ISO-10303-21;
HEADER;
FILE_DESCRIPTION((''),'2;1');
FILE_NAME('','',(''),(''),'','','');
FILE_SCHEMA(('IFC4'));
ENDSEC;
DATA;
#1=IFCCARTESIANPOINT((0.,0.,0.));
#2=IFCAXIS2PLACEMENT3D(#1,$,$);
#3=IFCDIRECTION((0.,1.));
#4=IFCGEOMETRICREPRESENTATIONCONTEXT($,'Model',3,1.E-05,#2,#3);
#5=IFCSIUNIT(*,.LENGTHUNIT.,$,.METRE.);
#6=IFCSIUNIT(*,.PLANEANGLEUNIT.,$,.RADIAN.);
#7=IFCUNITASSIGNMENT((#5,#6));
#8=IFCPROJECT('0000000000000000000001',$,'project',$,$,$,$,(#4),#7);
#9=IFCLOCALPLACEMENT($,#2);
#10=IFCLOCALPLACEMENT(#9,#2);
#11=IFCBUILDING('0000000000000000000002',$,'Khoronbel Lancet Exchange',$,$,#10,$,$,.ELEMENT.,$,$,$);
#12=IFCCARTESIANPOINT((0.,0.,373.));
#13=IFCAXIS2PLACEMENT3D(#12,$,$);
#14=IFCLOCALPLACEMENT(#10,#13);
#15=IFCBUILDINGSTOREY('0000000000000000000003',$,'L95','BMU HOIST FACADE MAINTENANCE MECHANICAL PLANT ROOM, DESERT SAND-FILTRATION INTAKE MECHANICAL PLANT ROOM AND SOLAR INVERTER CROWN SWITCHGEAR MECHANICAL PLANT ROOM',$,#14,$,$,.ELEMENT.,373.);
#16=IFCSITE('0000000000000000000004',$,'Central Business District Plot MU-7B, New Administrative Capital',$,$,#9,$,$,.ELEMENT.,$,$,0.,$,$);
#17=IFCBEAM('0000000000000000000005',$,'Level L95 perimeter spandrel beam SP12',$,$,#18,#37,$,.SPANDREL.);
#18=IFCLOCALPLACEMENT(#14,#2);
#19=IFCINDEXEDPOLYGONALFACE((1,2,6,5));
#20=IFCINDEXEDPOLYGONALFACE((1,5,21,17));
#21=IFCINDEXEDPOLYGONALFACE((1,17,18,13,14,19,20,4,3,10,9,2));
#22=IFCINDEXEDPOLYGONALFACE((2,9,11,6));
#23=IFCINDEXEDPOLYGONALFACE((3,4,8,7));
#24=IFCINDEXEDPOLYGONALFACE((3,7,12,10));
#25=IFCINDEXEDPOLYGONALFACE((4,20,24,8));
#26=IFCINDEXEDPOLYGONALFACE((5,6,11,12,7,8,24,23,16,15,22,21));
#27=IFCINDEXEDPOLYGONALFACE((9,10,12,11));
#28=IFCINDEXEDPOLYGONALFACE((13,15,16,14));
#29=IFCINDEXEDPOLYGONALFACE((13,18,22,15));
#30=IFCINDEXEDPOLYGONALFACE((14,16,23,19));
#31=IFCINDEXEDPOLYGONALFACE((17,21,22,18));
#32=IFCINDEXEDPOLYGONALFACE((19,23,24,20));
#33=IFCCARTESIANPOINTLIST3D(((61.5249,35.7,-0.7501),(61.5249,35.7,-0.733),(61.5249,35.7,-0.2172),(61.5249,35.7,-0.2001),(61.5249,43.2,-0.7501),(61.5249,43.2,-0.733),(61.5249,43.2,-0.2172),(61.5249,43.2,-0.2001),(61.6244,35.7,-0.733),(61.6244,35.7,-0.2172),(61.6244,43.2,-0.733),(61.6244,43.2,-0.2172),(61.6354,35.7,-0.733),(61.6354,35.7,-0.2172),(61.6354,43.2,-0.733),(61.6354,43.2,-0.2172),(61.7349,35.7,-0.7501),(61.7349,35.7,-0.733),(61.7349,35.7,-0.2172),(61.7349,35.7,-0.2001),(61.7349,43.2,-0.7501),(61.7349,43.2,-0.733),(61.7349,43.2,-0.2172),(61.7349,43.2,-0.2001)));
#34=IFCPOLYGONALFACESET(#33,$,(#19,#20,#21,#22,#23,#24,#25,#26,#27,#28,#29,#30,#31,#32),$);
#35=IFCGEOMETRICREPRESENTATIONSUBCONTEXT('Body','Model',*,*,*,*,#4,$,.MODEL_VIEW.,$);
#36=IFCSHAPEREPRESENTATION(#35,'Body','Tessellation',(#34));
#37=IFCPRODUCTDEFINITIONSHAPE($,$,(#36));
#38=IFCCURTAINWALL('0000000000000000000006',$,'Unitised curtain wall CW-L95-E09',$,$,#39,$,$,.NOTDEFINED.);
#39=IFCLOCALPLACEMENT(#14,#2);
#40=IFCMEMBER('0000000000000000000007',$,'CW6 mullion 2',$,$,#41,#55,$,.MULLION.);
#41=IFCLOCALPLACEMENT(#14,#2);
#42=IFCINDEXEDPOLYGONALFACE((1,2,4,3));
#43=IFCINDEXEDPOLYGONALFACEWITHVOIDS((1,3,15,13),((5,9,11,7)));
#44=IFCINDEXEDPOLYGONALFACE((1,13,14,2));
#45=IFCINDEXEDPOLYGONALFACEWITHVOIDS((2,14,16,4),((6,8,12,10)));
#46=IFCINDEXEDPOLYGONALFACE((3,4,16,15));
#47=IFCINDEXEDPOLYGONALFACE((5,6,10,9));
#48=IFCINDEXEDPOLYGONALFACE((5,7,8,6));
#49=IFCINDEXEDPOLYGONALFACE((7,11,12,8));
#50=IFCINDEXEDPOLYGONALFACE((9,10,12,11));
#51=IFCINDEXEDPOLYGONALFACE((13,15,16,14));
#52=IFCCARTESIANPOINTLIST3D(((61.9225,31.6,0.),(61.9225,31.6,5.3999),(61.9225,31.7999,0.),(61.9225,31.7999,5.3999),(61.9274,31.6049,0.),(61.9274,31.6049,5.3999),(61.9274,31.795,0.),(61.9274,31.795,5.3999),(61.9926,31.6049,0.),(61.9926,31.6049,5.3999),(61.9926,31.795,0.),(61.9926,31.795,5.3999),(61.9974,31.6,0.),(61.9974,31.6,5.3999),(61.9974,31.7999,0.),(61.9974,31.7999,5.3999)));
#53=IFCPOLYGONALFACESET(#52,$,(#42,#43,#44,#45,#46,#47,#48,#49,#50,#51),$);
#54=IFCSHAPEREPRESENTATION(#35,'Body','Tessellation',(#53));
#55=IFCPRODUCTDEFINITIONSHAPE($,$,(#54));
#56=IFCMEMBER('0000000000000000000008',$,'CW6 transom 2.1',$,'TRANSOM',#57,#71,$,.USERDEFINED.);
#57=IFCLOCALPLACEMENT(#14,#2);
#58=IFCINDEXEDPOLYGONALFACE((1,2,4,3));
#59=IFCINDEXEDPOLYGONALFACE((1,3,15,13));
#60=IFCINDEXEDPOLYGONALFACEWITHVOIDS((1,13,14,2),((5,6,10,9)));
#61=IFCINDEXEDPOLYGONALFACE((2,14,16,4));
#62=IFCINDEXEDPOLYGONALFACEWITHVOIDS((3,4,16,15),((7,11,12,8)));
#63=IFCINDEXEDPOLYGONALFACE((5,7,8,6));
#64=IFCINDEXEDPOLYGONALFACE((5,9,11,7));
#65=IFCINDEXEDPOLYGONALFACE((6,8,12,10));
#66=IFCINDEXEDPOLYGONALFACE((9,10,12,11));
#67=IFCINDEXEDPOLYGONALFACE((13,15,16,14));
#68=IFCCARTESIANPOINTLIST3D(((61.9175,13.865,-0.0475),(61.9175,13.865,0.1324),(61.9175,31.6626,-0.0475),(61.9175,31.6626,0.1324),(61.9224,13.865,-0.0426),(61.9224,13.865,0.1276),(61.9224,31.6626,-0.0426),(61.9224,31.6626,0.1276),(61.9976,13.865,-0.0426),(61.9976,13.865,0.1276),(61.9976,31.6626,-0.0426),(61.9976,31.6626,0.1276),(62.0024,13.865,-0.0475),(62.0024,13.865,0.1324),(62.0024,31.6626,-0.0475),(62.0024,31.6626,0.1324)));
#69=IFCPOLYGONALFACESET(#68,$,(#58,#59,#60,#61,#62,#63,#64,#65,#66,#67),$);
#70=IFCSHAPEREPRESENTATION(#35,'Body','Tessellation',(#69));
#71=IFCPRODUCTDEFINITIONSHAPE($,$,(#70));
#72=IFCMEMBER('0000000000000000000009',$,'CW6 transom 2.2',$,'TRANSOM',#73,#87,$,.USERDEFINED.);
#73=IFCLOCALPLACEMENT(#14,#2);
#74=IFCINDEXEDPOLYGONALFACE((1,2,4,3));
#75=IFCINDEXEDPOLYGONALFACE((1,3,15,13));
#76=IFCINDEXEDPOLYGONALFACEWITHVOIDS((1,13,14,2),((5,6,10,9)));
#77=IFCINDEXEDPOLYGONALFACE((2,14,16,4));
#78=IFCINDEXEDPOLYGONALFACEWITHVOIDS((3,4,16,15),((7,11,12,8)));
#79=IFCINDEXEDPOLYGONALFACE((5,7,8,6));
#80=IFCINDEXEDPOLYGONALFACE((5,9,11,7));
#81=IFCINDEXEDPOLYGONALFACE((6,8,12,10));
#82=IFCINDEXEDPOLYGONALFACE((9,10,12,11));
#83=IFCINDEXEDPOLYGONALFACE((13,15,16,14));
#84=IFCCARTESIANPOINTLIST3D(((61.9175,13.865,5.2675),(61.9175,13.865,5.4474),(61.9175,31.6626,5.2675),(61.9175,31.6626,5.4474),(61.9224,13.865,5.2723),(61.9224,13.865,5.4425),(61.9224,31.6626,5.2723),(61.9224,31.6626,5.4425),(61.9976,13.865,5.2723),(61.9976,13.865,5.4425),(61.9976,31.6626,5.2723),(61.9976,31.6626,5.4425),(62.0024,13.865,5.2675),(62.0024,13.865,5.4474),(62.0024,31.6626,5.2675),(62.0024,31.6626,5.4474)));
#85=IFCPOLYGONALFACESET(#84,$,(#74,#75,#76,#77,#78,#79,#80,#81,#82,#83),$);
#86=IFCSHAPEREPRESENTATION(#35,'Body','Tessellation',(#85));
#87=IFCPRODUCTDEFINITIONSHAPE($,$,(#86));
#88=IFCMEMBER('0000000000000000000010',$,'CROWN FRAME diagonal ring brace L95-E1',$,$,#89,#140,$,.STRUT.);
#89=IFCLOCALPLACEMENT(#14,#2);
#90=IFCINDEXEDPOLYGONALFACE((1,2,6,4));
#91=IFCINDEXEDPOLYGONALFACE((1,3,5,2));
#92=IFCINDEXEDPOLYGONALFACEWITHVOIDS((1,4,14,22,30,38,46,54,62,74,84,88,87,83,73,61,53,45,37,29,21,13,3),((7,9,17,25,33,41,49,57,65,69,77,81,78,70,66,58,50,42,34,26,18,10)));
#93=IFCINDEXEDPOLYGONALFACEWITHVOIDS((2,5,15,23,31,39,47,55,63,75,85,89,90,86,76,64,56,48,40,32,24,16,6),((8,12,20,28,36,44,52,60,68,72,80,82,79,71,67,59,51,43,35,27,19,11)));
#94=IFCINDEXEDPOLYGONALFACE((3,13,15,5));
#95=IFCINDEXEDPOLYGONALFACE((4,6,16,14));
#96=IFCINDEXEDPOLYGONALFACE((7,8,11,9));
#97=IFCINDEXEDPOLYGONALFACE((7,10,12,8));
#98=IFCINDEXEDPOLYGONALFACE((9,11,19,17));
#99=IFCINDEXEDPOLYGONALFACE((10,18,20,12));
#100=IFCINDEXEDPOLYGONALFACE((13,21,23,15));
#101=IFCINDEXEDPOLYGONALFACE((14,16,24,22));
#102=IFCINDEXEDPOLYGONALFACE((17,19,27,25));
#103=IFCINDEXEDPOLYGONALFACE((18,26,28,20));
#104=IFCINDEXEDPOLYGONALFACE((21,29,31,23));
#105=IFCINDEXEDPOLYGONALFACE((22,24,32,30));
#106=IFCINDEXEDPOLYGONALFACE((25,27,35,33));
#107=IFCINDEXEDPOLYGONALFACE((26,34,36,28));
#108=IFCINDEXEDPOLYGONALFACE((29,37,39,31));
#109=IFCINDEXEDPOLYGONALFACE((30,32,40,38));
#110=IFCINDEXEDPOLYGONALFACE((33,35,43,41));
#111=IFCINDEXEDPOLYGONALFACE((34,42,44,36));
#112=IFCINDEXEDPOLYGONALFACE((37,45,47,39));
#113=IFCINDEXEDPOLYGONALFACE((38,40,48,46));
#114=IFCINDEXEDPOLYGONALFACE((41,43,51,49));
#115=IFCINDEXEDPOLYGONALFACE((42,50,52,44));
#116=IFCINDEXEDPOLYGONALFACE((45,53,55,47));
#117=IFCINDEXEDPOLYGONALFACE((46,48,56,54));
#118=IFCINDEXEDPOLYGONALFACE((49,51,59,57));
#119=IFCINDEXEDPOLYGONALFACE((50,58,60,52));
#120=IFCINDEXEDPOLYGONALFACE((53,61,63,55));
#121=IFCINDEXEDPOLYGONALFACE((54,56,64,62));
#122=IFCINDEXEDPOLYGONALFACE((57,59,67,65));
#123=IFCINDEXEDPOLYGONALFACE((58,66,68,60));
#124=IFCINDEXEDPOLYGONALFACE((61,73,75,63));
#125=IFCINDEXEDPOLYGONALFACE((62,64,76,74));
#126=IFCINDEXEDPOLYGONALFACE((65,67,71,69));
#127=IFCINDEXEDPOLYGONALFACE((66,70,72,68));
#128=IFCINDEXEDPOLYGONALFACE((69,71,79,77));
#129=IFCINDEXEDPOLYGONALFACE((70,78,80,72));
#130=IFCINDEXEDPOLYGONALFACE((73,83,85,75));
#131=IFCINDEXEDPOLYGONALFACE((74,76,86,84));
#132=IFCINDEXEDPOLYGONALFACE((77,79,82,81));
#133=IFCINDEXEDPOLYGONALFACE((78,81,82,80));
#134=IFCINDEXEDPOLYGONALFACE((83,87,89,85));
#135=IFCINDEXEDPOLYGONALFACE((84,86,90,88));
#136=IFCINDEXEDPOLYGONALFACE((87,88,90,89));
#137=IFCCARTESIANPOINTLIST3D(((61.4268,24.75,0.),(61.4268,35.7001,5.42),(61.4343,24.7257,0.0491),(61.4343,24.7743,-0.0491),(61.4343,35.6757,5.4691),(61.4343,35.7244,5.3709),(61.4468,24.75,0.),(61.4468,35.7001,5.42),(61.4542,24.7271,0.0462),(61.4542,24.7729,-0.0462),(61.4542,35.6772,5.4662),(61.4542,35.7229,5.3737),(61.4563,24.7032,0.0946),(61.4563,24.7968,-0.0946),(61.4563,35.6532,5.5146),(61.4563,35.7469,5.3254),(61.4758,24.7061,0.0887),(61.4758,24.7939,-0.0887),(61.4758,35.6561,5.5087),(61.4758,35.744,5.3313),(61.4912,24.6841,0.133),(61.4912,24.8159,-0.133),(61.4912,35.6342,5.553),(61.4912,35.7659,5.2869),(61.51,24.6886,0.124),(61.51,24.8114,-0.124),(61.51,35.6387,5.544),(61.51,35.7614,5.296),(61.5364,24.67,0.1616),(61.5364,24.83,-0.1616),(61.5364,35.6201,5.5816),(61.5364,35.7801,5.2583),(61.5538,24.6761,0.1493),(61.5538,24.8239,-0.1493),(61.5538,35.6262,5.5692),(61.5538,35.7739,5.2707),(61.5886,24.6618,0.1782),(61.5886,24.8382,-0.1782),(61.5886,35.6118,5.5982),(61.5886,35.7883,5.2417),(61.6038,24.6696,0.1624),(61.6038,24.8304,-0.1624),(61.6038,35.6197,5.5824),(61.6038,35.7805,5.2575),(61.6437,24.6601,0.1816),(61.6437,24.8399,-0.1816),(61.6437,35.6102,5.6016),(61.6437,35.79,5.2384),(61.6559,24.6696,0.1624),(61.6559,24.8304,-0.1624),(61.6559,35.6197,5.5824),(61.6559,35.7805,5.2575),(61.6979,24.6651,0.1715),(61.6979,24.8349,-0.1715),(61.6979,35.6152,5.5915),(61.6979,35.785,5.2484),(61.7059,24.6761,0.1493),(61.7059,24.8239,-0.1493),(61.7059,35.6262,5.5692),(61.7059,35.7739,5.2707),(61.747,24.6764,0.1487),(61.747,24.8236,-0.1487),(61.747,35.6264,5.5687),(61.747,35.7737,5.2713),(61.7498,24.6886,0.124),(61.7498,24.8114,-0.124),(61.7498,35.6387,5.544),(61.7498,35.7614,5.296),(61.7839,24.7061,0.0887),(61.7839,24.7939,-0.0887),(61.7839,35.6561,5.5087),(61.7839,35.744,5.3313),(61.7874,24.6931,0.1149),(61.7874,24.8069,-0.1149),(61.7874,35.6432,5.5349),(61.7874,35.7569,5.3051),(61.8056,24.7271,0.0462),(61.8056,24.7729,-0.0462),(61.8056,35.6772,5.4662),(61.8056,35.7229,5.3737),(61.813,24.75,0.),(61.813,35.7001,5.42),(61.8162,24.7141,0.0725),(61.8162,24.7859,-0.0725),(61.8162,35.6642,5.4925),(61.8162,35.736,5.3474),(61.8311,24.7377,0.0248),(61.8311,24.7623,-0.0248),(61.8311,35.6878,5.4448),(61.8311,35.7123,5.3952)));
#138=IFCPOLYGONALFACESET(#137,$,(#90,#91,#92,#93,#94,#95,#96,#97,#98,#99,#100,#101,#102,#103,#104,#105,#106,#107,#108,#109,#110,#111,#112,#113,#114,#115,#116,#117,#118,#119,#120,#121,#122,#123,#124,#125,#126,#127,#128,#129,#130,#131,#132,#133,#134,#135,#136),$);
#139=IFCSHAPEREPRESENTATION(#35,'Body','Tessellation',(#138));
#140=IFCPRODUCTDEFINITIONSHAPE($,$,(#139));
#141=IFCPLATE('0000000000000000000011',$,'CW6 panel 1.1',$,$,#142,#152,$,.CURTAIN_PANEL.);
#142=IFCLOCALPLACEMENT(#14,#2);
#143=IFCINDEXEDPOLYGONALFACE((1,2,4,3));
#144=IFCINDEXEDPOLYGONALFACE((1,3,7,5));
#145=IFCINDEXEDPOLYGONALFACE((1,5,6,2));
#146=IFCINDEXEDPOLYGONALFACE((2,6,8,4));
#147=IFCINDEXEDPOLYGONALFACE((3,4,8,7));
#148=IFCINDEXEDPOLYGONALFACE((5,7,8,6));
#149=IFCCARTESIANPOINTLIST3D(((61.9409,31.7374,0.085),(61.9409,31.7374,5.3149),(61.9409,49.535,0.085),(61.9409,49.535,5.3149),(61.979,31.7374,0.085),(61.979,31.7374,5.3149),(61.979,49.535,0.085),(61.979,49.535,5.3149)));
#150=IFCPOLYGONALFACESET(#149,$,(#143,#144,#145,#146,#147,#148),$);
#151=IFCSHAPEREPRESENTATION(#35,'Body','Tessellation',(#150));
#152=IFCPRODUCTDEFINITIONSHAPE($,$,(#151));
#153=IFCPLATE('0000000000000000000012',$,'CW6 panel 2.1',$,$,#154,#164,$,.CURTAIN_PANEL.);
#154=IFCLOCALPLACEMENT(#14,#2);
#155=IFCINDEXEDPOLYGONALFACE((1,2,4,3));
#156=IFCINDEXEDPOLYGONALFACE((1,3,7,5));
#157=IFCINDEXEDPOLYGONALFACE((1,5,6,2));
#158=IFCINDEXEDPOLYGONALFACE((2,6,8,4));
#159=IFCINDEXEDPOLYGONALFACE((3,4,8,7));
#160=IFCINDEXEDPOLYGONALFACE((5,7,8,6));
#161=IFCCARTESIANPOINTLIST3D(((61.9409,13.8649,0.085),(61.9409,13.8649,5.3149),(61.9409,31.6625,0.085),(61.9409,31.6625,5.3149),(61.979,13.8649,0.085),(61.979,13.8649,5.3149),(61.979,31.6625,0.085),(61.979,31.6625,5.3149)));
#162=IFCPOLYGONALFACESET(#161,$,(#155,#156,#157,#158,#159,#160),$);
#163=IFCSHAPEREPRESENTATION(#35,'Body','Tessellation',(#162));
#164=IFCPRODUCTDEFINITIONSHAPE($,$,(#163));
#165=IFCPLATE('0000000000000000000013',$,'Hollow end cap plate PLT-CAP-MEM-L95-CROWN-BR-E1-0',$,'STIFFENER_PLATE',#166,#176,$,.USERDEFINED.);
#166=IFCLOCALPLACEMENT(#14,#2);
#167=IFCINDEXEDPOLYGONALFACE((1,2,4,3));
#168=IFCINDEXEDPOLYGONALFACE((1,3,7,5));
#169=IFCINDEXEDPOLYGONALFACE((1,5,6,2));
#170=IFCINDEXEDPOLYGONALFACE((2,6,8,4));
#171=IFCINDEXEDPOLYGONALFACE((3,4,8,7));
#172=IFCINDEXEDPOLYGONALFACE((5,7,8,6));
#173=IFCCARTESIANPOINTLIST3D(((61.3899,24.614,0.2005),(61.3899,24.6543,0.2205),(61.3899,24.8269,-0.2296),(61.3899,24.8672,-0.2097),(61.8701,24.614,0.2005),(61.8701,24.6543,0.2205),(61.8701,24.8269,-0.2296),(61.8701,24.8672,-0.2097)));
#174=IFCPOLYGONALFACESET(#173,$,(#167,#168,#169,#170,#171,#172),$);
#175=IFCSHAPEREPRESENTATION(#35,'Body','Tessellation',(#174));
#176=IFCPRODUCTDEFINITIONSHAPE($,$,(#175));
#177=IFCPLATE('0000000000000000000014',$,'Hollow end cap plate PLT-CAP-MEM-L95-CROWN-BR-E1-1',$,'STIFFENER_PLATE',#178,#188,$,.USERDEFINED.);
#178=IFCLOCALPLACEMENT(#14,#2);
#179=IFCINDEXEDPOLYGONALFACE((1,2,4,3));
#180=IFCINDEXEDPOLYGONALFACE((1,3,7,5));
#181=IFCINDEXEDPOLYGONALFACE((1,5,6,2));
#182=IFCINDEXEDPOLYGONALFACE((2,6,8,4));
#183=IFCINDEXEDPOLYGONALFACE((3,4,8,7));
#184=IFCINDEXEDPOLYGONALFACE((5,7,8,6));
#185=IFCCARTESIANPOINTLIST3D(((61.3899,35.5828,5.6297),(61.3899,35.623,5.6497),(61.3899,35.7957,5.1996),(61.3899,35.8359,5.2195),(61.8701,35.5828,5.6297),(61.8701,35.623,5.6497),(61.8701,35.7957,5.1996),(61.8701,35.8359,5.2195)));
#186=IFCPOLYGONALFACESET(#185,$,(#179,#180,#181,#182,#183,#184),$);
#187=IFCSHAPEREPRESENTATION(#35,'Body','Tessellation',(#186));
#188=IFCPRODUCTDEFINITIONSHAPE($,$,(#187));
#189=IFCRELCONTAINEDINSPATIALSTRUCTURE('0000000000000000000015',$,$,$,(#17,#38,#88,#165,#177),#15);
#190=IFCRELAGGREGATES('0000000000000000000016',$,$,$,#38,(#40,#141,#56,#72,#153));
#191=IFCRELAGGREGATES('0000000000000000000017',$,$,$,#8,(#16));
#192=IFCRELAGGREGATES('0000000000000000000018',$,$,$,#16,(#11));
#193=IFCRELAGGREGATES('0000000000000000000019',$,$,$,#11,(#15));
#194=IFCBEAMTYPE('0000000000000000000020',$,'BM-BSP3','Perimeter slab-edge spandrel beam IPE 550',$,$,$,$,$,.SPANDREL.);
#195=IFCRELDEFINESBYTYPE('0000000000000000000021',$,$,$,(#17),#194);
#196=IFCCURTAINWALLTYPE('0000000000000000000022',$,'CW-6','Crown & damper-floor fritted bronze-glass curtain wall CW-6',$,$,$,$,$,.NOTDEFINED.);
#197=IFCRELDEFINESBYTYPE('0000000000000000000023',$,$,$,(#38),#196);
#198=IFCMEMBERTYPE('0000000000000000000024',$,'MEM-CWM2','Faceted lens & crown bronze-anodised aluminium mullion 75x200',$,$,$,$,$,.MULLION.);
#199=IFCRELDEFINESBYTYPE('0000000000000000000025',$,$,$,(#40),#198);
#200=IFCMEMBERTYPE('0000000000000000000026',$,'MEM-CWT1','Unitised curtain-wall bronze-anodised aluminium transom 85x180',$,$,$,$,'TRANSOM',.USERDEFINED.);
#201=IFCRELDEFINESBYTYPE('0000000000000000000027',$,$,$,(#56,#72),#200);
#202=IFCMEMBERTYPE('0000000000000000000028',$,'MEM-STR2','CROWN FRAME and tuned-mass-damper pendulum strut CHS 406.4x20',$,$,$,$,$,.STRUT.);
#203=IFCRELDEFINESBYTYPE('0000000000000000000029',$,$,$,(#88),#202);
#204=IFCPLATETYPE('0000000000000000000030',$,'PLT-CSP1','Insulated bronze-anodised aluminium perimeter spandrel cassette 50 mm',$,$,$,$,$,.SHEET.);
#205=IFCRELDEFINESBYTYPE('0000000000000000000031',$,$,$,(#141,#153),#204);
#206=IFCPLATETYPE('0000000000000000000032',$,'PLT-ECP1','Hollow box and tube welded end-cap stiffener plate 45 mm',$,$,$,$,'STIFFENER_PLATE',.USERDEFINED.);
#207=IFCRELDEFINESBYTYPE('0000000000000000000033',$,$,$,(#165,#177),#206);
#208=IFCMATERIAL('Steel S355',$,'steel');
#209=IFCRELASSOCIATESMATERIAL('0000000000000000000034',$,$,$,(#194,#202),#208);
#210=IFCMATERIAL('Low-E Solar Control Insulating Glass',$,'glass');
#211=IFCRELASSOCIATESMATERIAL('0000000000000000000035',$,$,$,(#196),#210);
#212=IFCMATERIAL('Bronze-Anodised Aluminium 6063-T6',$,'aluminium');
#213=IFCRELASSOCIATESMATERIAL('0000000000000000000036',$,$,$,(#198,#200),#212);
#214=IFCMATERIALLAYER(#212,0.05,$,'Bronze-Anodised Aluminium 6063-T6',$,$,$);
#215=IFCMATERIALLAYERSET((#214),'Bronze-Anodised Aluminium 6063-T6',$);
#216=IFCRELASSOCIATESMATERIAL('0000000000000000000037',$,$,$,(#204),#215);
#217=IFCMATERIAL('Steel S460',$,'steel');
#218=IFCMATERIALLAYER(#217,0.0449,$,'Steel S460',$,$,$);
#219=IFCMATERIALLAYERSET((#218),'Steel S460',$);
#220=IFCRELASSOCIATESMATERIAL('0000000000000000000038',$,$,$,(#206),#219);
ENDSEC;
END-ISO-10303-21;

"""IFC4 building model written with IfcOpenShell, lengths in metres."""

from ifc_helpers import new_model, si_unit, direction, frame, origin, origin_2d, place, context, subcontext, project, spatial, polyline, rectangle, hollow_rectangle, hollow_circle, i_section, outline, extrude, material, layer, layer_set, material_profile, profile_set, type_object, element, aggregate, save


model = new_model("IFC4")

# Units and contexts
model_context = context("Model", 3, precision=1e-05, world=origin(), true_north=direction((0.0, 1.0)))
body_context = subcontext(model_context, "Body", "Model", "MODEL_VIEW")
ifc_project = project(units=[si_unit("LENGTHUNIT", "METRE"), si_unit("PLANEANGLEUNIT", "RADIAN")], contexts=[model_context])

# Site, building, storey
site_placement = place(None, origin())
site = spatial("IfcSite", under=ifc_project, at=site_placement, Name="Central Business District Plot MU-7B, New Administrative Capital", CompositionType="ELEMENT", RefElevation=0.0)
building_placement = place(site_placement, origin())
building = spatial("IfcBuilding", under=site, at=building_placement, Name="Khoronbel Lancet Exchange", CompositionType="ELEMENT")
storey_placement = place(building_placement, frame((0.0, 0.0, 373.0)))
storey = spatial("IfcBuildingStorey", under=building, at=storey_placement, Name="L95", Description="BMU HOIST FACADE MAINTENANCE MECHANICAL PLANT ROOM, DESERT SAND-FILTRATION INTAKE MECHANICAL PLANT ROOM AND SOLAR INVERTER CROWN SWITCHGEAR MECHANICAL PLANT ROOM", CompositionType="ELEMENT", Elevation=373.0)

# Shared definitions
ifc_material_1 = material(Name="Steel S355", Category="steel")

# Beam
ifc_material_profile_1 = material_profile(ifc_material_1, i_section(OverallWidth=0.21, OverallDepth=0.55, WebThickness=0.011, FlangeThickness=0.0171, at=origin_2d()), Name="IPE 550")
ifc_profile_set_1 = profile_set([ifc_material_profile_1], Name="Steel S355")
beam_type_1 = type_object("IfcBeamType", Name="BM-BSP3", Description="Perimeter slab-edge spandrel beam IPE 550", PredefinedType="SPANDREL", material=ifc_profile_set_1)
beam_1_placement = place(storey_placement, frame((61.6299, 35.7, -0.4751), z_axis=(0.0, 1.0, 0.0), x_axis=(-1.0, 0.0, 0.0)))
element("IfcBeam", 1, at=beam_1_placement, inside=storey, type_object=beam_type_1, Name="Level L95 perimeter spandrel beam SP12", PredefinedType="SPANDREL", context=body_context, shape_type="SweptSolid", body=[
    extrude(i_section(OverallWidth=0.21, OverallDepth=0.55, WebThickness=0.011, FlangeThickness=0.0171, at=origin_2d()), origin(), (0.0, 0.0, 1.0), 7.5),
])

# Curtain wall, members
ifc_material_2 = material(Name="Low-E Solar Control Insulating Glass", Category="glass")
curtain_wall_type = type_object("IfcCurtainWallType", Name="CW-6", Description="Crown & damper-floor fritted bronze-glass curtain wall CW-6", PredefinedType="NOTDEFINED", material=ifc_material_2)
curtain_wall_placement = place(storey_placement, origin())
curtain_wall = element("IfcCurtainWall", 2, at=curtain_wall_placement, inside=storey, type_object=curtain_wall_type, Name="Unitised curtain wall CW-L95-E09", PredefinedType="NOTDEFINED")
ifc_material_3 = material(Name="Bronze-Anodised Aluminium 6063-T6", Category="aluminium")
ifc_material_profile_2 = material_profile(ifc_material_3, hollow_rectangle(XDim=0.075, YDim=0.2, WallThickness=0.0049, at=origin_2d()), Name="ALU MULLION 75x200")
ifc_profile_set_2 = profile_set([ifc_material_profile_2], Name="Bronze-Anodised Aluminium 6063-T6")
member_type_1 = type_object("IfcMemberType", Name="MEM-CWM2", Description="Faceted lens & crown bronze-anodised aluminium mullion 75x200", PredefinedType="MULLION", material=ifc_profile_set_2)
member_1_placement = place(storey_placement, frame((61.96, 31.7, 0.0), z_axis=(0.0, 0.0, 1.0), x_axis=(1.0, 0.0, 0.0)))
member_1 = element("IfcMember", 3, at=member_1_placement, type_object=member_type_1, Name="CW6 mullion 2", PredefinedType="MULLION", context=body_context, shape_type="SweptSolid", body=[
    extrude(hollow_rectangle(XDim=0.075, YDim=0.2, WallThickness=0.0049, at=origin_2d()), origin(), (0.0, 0.0, 1.0), 5.3999),
])
ifc_material_profile_3 = material_profile(ifc_material_3, hollow_rectangle(XDim=0.085, YDim=0.1799, WallThickness=0.0049, at=origin_2d()), Name="ALU TRANSOM 85x180")
ifc_profile_set_3 = profile_set([ifc_material_profile_3], Name="Bronze-Anodised Aluminium 6063-T6")
member_type_2 = type_object("IfcMemberType", Name="MEM-CWT1", Description="Unitised curtain-wall bronze-anodised aluminium transom 85x180", ElementType="TRANSOM", PredefinedType="USERDEFINED", material=ifc_profile_set_3)
member_2_placement = place(storey_placement, frame((61.96, 31.6626, 0.0425), z_axis=(0.0, -1.0, 0.0), x_axis=(1.0, 0.0, 0.0)))
member_2 = element("IfcMember", 4, at=member_2_placement, type_object=member_type_2, Name="CW6 transom 2.1", ObjectType="TRANSOM", PredefinedType="USERDEFINED", context=body_context, shape_type="SweptSolid", body=[
    extrude(hollow_rectangle(XDim=0.085, YDim=0.1799, WallThickness=0.0049, at=origin_2d()), origin(), (0.0, 0.0, 1.0), 17.7976),
])
member_3_placement = place(storey_placement, frame((61.96, 31.6626, 5.3574), z_axis=(0.0, -1.0, 0.0), x_axis=(1.0, 0.0, 0.0)))
member_3 = element("IfcMember", 5, at=member_3_placement, type_object=member_type_2, Name="CW6 transom 2.2", ObjectType="TRANSOM", PredefinedType="USERDEFINED", context=body_context, shape_type="SweptSolid", body=[
    extrude(hollow_rectangle(XDim=0.085, YDim=0.1799, WallThickness=0.0049, at=origin_2d()), origin(), (0.0, 0.0, 1.0), 17.7976),
])

# Member
ifc_material_profile_4 = material_profile(ifc_material_1, hollow_circle(Radius=0.2031, WallThickness=0.02, at=origin_2d()), Name="CHS 406.4x20")
ifc_profile_set_4 = profile_set([ifc_material_profile_4], Name="Steel S355")
member_type_3 = type_object("IfcMemberType", Name="MEM-STR2", Description="CROWN FRAME and tuned-mass-damper pendulum strut CHS 406.4x20", PredefinedType="STRUT", material=ifc_profile_set_4)
member_4_placement = place(storey_placement, frame((61.6299, 24.75, 0.0), z_axis=(0.0, 0.896222, 0.443605), x_axis=(-1.0, 0.0, 0.0)))
element("IfcMember", 6, at=member_4_placement, inside=storey, type_object=member_type_3, Name="CROWN FRAME diagonal ring brace L95-E1", PredefinedType="STRUT", context=body_context, shape_type="SweptSolid", body=[
    extrude(hollow_circle(Radius=0.2031, WallThickness=0.02, at=origin_2d()), origin(), (0.0, 0.0, 1.0), 12.218),
])

# Plates
ifc_layer_1 = layer(ifc_material_3, 0.05, Name="Bronze-Anodised Aluminium 6063-T6")
ifc_layer_set_1 = layer_set([ifc_layer_1], Name="Bronze-Anodised Aluminium 6063-T6")
plate_type_1 = type_object("IfcPlateType", Name="PLT-CSP1", Description="Insulated bronze-anodised aluminium perimeter spandrel cassette 50 mm", PredefinedType="SHEET", material=ifc_layer_set_1)
plate_1_placement = place(storey_placement, frame((61.96, 40.6362, 0.085), z_axis=(0.0, 0.0, 1.0), x_axis=(0.0, -1.0, 0.0)))
plate_1 = element("IfcPlate", 7, at=plate_1_placement, type_object=plate_type_1, Name="CW6 panel 1.1", PredefinedType="CURTAIN_PANEL", context=body_context, shape_type="SweptSolid", body=[
    extrude(rectangle(XDim=17.7976, YDim=0.0381, at=origin_2d()), origin(), (0.0, 0.0, 1.0), 5.23),
])
plate_2_placement = place(storey_placement, frame((61.96, 22.7637, 0.085), z_axis=(0.0, 0.0, 1.0), x_axis=(0.0, -1.0, 0.0)))
plate_2 = element("IfcPlate", 8, at=plate_2_placement, type_object=plate_type_1, Name="CW6 panel 2.1", PredefinedType="CURTAIN_PANEL", context=body_context, shape_type="SweptSolid", body=[
    extrude(rectangle(XDim=17.7976, YDim=0.0381, at=origin_2d()), origin(), (0.0, 0.0, 1.0), 5.23),
])
aggregate(curtain_wall, [member_1, plate_1, member_2, member_3, plate_2])

# Plates
ifc_material_4 = material(Name="Steel S460", Category="steel")
ifc_layer_2 = layer(ifc_material_4, 0.0449, Name="Steel S460")
ifc_layer_set_2 = layer_set([ifc_layer_2], Name="Steel S460")
plate_type_2 = type_object("IfcPlateType", Name="PLT-ECP1", Description="Hollow box and tube welded end-cap stiffener plate 45 mm", ElementType="STIFFENER_PLATE", PredefinedType="USERDEFINED", material=ifc_layer_set_2)
for number, where, z_axis, x_axis, name in (
    (9, (61.8701, 24.8672, -0.2097), (0.0, 0.896251, 0.443548), (-1.0, 0.0, 0.0), "Hollow end cap plate PLT-CAP-MEM-L95-CROWN-BR-E1-0"),
    (10, (61.8701, 35.8359, 5.2195), (0.0, 0.896251, 0.443548), (-1.0, 0.0, 0.0), "Hollow end cap plate PLT-CAP-MEM-L95-CROWN-BR-E1-1"),
):
    element("IfcPlate", number, at=place(storey_placement, frame(where, z_axis=z_axis, x_axis=x_axis)), inside=storey, type_object=plate_type_2, Name=name, ObjectType="STIFFENER_PLATE", PredefinedType="USERDEFINED", context=body_context, shape_type="SweptSolid", body=[
        extrude(outline(polyline([(0.0, 0.0), (0.4802, 0.0), (0.4802, 0.48), (0.0, 0.48), (0.0, 0.0)])), origin(), (0.0, 0.0, -1.0), 0.0449),
    ])

save(model, "model.ifc")
